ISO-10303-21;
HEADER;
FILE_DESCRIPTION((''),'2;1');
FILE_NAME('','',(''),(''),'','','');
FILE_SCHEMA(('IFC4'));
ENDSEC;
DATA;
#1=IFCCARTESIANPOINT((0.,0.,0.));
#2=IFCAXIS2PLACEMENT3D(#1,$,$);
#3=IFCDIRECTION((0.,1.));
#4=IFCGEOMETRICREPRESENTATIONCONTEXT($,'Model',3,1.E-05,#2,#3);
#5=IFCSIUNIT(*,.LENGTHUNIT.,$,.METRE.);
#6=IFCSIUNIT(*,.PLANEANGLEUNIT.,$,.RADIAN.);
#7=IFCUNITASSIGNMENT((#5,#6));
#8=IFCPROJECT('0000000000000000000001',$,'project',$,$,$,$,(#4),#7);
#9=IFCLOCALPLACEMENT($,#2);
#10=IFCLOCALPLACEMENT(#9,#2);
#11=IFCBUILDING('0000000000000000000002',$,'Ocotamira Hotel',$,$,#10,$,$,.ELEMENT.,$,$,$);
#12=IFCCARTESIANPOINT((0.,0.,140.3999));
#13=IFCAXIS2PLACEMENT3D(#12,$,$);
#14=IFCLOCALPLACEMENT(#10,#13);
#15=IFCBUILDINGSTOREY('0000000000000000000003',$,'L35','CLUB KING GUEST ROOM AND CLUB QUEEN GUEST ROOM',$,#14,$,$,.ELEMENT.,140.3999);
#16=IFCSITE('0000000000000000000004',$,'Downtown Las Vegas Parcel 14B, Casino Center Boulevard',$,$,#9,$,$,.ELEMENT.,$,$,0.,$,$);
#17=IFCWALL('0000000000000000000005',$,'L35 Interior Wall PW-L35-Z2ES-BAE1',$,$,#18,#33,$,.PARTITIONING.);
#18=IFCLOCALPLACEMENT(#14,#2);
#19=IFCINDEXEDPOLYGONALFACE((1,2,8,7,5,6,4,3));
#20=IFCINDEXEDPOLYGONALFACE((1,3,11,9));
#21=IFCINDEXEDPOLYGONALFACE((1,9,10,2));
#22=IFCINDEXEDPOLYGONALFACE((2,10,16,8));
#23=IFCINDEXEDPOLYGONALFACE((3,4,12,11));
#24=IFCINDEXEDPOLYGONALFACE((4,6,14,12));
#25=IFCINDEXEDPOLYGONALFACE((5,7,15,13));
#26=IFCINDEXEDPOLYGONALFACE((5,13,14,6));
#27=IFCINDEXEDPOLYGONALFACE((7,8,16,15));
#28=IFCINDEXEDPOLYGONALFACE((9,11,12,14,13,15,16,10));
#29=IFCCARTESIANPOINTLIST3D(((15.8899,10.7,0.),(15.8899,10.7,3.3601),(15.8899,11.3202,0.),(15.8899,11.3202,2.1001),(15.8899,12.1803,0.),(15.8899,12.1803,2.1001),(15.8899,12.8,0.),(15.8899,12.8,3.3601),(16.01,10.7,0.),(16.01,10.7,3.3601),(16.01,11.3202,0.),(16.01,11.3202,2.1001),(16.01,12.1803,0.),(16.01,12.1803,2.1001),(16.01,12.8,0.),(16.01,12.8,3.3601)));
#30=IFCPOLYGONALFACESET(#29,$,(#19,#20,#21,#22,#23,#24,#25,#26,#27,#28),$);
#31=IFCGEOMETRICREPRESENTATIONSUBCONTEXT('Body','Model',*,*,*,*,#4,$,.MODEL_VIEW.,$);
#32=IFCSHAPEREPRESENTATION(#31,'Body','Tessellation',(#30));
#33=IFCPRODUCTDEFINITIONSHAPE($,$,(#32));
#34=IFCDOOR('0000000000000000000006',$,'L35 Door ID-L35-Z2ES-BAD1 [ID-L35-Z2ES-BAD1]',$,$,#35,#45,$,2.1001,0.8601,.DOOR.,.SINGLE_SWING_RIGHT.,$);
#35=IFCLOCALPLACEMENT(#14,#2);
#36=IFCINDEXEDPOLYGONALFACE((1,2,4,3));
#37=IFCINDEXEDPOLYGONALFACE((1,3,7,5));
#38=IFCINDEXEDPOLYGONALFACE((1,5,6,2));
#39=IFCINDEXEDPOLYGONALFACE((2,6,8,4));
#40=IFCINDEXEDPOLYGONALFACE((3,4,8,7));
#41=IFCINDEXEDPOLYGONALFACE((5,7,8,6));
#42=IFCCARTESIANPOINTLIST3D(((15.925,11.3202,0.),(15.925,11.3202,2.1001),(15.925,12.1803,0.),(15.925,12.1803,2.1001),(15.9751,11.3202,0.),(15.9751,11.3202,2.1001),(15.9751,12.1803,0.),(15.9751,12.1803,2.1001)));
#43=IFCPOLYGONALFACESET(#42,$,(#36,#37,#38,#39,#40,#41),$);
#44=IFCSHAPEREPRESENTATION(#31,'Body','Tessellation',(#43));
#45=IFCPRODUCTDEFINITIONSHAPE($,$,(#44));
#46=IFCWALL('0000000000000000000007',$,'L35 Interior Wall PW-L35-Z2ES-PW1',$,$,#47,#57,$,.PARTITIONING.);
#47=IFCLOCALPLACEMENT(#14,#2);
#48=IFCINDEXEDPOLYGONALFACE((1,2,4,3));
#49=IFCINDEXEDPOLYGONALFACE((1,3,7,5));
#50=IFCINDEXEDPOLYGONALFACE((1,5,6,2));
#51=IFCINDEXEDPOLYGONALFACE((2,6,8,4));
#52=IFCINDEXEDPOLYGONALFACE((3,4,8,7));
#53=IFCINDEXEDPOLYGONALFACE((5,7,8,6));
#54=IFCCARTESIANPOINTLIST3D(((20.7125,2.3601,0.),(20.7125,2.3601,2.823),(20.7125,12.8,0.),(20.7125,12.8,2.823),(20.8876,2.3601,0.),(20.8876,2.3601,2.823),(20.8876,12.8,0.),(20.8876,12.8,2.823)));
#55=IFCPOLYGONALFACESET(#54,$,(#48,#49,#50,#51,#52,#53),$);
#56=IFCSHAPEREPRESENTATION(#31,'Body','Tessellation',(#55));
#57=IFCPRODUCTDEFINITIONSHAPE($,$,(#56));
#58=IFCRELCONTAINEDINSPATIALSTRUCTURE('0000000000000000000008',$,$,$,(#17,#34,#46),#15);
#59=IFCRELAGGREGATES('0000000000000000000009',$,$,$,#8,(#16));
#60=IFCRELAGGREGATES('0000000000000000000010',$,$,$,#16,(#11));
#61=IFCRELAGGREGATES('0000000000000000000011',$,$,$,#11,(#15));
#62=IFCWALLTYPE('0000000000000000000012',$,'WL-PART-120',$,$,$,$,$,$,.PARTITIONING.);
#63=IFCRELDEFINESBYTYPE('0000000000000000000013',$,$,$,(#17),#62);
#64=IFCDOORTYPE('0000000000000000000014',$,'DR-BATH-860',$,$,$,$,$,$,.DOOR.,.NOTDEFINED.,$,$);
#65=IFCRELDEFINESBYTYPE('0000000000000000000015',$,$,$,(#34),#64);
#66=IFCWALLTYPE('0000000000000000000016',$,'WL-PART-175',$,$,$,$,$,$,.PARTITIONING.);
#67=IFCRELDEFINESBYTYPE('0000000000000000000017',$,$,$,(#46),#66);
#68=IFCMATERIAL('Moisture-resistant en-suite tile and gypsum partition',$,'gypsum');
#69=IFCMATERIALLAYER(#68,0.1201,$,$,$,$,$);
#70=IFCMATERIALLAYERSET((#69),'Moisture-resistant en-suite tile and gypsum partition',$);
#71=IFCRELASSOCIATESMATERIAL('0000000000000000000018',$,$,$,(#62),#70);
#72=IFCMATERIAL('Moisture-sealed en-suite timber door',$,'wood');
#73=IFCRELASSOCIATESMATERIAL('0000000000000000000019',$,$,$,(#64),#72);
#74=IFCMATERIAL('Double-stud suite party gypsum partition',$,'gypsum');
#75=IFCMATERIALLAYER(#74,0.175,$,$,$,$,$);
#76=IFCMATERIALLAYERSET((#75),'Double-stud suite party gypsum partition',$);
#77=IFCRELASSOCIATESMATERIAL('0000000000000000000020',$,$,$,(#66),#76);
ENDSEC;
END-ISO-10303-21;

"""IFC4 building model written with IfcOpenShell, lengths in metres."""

from ifc_helpers import new_model, si_unit, direction, frame, frame_2d, origin, place, context, subcontext, project, spatial, rectangle, extrude, source, transform, mapped, material, layer, layer_set, type_object, element, fill, save


model = new_model("IFC4")

# Units and contexts
model_context = context("Model", 3, precision=1e-05, world=origin(), true_north=direction((0.0, 1.0)))
body_context = subcontext(model_context, "Body", "Model", "MODEL_VIEW")
ifc_project = project(units=[si_unit("LENGTHUNIT", "METRE"), si_unit("PLANEANGLEUNIT", "RADIAN")], contexts=[model_context])

# Site, building, storey
site_placement = place(None, origin())
site = spatial("IfcSite", under=ifc_project, at=site_placement, Name="Downtown Las Vegas Parcel 14B, Casino Center Boulevard", CompositionType="ELEMENT", RefElevation=0.0)
building_placement = place(site_placement, origin())
building = spatial("IfcBuilding", under=site, at=building_placement, Name="Ocotamira Hotel", CompositionType="ELEMENT")
storey_placement = place(building_placement, frame((0.0, 0.0, 140.3999)))
storey = spatial("IfcBuildingStorey", under=building, at=storey_placement, Name="L35", Description="CLUB KING GUEST ROOM AND CLUB QUEEN GUEST ROOM", CompositionType="ELEMENT", Elevation=140.3999)

# Wall, opening, door
ifc_material_1 = material(Name="Moisture-resistant en-suite tile and gypsum partition", Category="gypsum")
ifc_layer_1 = layer(ifc_material_1, 0.1201)
ifc_layer_set_1 = layer_set([ifc_layer_1], Name="Moisture-resistant en-suite tile and gypsum partition")
wall_type_1 = type_object("IfcWallType", Name="WL-PART-120", PredefinedType="PARTITIONING", material=ifc_layer_set_1)
wall_1_placement = place(storey_placement, frame((15.95, 10.7, 0.0), z_axis=(0.0, 0.0, 1.0), x_axis=(0.0, 1.0, 0.0)))
wall_1 = element("IfcWall", 1, at=wall_1_placement, inside=storey, type_object=wall_type_1, Name="L35 Interior Wall PW-L35-Z2ES-BAE1", PredefinedType="PARTITIONING", context=body_context, shape_type="SweptSolid", body=[
    extrude(rectangle(XDim=2.1001, YDim=0.1201, at=frame_2d((1.05, 0.0))), origin(), (0.0, 0.0, 1.0), 3.3601),
])
opening_placement = place(wall_1_placement, frame((0.6201, 0.0, 0.0)))
opening = element("IfcOpeningElement", 2, at=opening_placement, cuts=wall_1, PredefinedType="OPENING", context=body_context, shape_type="SweptSolid", body=[
    extrude(rectangle(XDim=0.8601, YDim=2.1001, at=frame_2d((0.4302, 1.05))), frame((0.0, 0.0701, 0.0), z_axis=(0.0, -1.0, 0.0), x_axis=(1.0, 0.0, 0.0)), (0.0, 0.0, 1.0), 0.1401),
])
ifc_material_2 = material(Name="Moisture-sealed en-suite timber door", Category="wood")
door_type = type_object("IfcDoorType", Name="DR-BATH-860", OperationType="NOTDEFINED", PredefinedType="DOOR", material=ifc_material_2)
shared_shape_1 = source(origin(), body_context, "Body", "SweptSolid", [
    extrude(rectangle(XDim=0.8601, YDim=2.1001, at=frame_2d((0.4302, 1.05))), frame((0.0, 0.0249, 0.0), z_axis=(0.0, -1.0, 0.0), x_axis=(1.0, 0.0, 0.0)), (0.0, 0.0, 1.0), 0.05),
])
door_placement = place(opening_placement, origin())
door = element("IfcDoor", 3, at=door_placement, inside=storey, type_object=door_type, Name="L35 Door ID-L35-Z2ES-BAD1 [ID-L35-Z2ES-BAD1]", OperationType="SINGLE_SWING_RIGHT", OverallHeight=2.1001, OverallWidth=0.8601, PredefinedType="DOOR", context=body_context, shape_type="MappedRepresentation", body=[
    mapped(shared_shape_1, transform((0.0, 0.0, 0.0), scale=1.0)),
])
fill(opening, door)

# Wall
ifc_material_3 = material(Name="Double-stud suite party gypsum partition", Category="gypsum")
ifc_layer_2 = layer(ifc_material_3, 0.175)
ifc_layer_set_2 = layer_set([ifc_layer_2], Name="Double-stud suite party gypsum partition")
wall_type_2 = type_object("IfcWallType", Name="WL-PART-175", PredefinedType="PARTITIONING", material=ifc_layer_set_2)
wall_2_placement = place(storey_placement, frame((20.8, 2.3601, 0.0), z_axis=(0.0, 0.0, 1.0), x_axis=(0.0, 1.0, 0.0)))
element("IfcWall", 4, at=wall_2_placement, inside=storey, type_object=wall_type_2, Name="L35 Interior Wall PW-L35-Z2ES-PW1", PredefinedType="PARTITIONING", context=body_context, shape_type="SweptSolid", body=[
    extrude(rectangle(XDim=10.4399, YDim=0.175, at=frame_2d((5.22, 0.0))), origin(), (0.0, 0.0, 1.0), 2.823),
])

save(model, "model.ifc")
